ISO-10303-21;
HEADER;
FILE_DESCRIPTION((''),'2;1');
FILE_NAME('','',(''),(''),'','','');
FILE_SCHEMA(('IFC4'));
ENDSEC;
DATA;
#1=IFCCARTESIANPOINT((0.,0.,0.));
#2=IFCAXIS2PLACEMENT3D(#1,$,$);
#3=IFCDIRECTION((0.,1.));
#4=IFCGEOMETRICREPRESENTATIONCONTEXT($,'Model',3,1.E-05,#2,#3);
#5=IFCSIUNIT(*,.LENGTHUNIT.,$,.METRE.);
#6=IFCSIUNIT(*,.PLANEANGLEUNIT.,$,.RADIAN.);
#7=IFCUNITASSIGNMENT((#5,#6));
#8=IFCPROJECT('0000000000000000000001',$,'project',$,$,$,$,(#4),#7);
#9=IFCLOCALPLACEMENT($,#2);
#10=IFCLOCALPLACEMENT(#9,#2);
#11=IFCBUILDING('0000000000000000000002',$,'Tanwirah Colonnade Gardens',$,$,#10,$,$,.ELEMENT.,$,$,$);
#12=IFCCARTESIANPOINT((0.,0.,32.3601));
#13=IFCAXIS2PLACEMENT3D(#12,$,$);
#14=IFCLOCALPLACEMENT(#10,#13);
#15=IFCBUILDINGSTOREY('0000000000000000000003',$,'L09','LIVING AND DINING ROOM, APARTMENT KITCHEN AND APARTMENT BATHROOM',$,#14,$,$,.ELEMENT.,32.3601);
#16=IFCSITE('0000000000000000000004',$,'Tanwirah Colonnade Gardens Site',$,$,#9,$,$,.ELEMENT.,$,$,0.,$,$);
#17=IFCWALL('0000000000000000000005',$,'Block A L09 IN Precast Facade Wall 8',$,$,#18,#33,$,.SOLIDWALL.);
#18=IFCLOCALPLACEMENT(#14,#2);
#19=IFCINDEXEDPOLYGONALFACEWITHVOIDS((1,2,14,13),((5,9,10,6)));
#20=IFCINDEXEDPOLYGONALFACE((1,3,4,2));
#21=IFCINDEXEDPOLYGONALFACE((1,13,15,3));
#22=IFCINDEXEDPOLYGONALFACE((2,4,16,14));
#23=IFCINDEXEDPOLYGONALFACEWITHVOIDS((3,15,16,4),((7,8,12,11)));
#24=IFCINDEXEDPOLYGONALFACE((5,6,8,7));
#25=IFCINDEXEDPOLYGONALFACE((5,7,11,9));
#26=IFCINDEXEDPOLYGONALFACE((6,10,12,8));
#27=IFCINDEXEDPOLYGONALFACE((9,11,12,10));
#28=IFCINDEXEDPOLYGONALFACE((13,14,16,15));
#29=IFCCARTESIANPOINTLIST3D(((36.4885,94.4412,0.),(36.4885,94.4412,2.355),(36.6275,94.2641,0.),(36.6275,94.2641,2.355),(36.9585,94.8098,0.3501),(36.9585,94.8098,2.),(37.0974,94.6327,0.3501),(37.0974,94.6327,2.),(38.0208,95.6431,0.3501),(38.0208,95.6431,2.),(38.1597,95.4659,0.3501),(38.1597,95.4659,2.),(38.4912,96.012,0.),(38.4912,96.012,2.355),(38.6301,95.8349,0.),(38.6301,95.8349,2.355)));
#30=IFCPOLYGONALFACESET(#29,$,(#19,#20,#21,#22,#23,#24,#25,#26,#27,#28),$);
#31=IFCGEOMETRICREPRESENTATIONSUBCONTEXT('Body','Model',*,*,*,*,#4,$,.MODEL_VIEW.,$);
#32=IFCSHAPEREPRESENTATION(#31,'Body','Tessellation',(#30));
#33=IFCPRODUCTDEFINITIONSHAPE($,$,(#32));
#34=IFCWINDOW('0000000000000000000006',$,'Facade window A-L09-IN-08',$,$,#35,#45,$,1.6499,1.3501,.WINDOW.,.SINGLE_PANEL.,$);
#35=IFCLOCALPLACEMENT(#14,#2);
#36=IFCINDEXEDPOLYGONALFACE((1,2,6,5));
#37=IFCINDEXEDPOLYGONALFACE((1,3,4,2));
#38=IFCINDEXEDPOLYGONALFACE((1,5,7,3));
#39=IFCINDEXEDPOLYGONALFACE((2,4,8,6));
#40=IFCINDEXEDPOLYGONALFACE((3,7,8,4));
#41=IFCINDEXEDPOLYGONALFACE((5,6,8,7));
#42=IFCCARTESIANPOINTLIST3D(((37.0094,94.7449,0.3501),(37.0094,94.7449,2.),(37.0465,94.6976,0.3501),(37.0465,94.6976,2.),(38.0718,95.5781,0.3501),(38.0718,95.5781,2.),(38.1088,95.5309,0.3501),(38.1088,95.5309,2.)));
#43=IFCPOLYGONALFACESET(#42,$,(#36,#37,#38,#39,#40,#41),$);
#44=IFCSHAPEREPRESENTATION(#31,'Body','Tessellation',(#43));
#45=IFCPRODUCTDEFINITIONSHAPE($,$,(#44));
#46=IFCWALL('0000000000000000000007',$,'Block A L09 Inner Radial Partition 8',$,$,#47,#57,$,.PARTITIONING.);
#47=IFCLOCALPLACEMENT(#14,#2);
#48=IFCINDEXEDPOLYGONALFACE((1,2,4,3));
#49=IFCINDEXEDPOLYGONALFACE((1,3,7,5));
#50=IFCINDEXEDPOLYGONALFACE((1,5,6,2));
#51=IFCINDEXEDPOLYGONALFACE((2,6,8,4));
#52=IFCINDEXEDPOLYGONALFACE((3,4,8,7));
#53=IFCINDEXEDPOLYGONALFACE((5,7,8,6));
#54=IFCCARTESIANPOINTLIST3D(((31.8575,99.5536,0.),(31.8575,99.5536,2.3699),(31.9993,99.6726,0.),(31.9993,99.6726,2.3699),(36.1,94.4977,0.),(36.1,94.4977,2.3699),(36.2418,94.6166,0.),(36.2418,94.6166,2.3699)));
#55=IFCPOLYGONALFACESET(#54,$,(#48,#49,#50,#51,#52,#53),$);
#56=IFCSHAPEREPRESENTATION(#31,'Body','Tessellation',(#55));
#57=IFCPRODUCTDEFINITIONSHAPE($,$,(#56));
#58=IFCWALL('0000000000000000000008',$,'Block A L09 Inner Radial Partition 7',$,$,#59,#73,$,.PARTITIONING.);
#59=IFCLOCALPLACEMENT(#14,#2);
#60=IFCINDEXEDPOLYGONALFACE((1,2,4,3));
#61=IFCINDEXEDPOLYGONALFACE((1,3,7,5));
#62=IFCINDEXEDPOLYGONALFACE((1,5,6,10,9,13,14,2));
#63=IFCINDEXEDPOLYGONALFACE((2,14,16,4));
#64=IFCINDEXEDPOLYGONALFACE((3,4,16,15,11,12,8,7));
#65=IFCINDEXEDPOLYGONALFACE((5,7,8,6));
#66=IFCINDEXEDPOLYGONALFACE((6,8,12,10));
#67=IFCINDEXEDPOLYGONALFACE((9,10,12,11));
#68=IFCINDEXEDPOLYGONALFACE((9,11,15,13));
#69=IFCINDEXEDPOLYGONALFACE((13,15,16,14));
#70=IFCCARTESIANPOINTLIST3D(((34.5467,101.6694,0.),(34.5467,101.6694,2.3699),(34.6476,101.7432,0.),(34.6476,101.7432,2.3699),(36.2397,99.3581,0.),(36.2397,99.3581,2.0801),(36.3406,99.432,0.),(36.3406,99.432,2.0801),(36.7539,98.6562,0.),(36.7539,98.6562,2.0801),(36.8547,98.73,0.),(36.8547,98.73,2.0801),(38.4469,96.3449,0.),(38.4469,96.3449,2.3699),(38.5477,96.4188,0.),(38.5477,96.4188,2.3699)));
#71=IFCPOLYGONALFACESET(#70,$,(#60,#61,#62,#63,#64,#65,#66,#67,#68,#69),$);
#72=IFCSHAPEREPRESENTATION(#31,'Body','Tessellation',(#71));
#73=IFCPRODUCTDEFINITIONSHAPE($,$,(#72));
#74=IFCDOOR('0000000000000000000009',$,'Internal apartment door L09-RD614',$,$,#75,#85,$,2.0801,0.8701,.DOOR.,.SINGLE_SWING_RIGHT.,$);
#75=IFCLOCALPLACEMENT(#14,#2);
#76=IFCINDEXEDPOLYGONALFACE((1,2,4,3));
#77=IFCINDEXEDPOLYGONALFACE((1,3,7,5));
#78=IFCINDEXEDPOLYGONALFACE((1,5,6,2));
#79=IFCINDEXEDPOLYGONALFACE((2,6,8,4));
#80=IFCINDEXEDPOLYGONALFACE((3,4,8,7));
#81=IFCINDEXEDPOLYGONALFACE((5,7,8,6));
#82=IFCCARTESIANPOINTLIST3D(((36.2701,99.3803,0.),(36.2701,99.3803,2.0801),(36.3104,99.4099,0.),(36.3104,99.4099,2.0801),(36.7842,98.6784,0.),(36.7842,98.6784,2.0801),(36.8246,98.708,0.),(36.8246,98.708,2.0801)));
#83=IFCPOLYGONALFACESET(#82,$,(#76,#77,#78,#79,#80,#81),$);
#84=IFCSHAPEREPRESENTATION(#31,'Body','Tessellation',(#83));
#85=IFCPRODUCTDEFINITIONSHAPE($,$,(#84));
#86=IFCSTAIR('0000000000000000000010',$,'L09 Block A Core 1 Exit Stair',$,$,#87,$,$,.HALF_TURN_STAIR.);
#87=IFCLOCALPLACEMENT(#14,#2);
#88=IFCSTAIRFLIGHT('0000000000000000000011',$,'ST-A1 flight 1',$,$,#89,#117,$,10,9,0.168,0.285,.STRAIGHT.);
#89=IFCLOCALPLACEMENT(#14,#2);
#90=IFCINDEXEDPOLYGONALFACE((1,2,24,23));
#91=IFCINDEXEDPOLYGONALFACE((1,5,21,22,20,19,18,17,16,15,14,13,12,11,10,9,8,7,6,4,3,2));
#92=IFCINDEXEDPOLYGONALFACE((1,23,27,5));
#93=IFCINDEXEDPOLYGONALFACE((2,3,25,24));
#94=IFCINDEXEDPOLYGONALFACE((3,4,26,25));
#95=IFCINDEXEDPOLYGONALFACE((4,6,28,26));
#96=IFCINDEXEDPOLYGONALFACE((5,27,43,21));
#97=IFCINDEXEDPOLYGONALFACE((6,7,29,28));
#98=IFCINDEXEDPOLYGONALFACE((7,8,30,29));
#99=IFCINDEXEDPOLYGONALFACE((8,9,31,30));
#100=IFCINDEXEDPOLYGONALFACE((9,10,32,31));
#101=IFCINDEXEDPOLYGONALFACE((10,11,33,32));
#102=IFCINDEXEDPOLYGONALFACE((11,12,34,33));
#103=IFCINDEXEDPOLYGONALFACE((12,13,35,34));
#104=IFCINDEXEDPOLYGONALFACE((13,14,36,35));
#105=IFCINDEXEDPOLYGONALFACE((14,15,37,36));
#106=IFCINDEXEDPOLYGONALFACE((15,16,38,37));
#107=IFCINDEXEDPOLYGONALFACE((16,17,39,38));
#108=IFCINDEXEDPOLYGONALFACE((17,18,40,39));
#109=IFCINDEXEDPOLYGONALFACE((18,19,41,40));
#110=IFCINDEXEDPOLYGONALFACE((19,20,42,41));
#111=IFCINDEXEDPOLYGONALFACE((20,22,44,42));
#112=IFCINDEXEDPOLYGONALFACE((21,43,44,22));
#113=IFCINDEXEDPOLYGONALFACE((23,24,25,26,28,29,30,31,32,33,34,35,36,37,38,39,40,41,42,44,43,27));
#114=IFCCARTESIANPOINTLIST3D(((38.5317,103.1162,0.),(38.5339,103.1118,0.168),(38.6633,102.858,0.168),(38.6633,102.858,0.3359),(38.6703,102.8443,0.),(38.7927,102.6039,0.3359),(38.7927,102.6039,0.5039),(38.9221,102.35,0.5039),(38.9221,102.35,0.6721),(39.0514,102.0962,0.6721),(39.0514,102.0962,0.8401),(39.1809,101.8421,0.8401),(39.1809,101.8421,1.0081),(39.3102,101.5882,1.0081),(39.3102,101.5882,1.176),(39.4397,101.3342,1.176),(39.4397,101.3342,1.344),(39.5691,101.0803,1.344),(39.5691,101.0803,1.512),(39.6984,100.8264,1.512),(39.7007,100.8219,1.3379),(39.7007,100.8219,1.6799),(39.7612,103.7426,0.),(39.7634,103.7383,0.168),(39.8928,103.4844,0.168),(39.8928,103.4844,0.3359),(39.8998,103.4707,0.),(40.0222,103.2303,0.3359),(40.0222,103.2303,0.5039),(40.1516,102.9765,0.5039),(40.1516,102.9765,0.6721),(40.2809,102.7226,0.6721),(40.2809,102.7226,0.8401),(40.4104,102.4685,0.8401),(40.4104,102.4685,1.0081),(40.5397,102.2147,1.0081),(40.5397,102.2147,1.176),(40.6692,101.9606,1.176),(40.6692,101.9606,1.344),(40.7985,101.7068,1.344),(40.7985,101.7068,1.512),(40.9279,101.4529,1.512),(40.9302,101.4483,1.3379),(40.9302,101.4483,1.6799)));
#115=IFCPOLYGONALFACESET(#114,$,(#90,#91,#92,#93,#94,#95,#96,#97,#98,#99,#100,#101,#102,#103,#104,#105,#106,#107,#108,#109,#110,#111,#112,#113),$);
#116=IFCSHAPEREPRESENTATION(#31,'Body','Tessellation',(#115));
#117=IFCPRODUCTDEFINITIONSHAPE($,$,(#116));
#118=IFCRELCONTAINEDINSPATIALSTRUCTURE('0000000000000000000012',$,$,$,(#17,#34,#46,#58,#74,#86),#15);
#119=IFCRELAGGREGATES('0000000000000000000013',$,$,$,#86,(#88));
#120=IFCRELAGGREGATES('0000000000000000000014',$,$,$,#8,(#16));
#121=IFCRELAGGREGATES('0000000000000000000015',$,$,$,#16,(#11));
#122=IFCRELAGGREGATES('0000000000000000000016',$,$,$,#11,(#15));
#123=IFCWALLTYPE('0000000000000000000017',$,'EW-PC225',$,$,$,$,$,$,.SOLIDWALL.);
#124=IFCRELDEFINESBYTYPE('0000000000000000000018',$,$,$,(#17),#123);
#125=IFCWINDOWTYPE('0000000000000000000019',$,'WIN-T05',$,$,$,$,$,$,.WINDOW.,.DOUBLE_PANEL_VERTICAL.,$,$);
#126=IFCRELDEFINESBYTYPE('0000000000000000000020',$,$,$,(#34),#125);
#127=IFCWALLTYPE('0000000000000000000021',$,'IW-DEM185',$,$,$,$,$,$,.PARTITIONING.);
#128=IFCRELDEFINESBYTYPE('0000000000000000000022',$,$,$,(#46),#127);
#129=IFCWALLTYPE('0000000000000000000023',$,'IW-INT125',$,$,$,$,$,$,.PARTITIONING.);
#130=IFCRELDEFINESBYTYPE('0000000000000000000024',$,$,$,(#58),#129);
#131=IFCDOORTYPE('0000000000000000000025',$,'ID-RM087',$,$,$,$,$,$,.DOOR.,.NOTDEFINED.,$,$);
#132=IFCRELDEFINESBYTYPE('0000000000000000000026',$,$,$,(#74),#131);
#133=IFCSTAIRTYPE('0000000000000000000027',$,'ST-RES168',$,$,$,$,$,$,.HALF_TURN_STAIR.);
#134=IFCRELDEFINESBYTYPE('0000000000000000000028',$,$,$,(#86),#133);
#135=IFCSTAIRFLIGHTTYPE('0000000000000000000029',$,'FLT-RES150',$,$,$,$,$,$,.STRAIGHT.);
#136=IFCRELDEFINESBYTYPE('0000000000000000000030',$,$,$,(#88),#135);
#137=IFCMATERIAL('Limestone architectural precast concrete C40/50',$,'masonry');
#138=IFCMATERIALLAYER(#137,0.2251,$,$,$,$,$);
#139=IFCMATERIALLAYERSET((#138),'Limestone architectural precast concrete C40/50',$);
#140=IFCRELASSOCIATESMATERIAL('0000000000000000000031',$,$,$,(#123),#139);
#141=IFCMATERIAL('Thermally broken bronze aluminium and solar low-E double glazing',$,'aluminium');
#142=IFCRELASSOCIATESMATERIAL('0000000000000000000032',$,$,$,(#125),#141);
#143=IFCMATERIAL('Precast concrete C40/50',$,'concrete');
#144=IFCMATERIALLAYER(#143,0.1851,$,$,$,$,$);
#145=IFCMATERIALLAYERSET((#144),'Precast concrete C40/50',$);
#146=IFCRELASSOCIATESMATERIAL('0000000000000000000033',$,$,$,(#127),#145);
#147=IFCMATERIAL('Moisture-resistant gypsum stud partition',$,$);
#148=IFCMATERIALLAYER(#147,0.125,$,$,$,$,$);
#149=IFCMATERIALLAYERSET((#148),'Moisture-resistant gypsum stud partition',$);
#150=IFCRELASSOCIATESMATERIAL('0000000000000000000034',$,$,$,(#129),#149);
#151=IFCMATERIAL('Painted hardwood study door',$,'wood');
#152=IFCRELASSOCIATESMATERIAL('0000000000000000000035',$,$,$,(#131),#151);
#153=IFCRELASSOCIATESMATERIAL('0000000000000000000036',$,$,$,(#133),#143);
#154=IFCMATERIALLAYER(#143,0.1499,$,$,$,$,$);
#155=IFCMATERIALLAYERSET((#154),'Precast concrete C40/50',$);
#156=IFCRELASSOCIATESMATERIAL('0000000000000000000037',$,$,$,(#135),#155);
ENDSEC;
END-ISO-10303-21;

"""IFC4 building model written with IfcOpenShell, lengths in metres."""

from ifc_helpers import new_model, si_unit, direction, frame, frame_2d, origin, place, context, subcontext, project, spatial, polyline, rectangle, outline, extrude, material, layer, layer_set, type_object, element, fill, aggregate, save


model = new_model("IFC4")

# Units and contexts
model_context = context("Model", 3, precision=1e-05, world=origin(), true_north=direction((0.0, 1.0)))
body_context = subcontext(model_context, "Body", "Model", "MODEL_VIEW")
ifc_project = project(units=[si_unit("LENGTHUNIT", "METRE"), si_unit("PLANEANGLEUNIT", "RADIAN")], contexts=[model_context])

# Site, building, storey
site_placement = place(None, origin())
site = spatial("IfcSite", under=ifc_project, at=site_placement, Name="Tanwirah Colonnade Gardens Site", CompositionType="ELEMENT", RefElevation=0.0)
building_placement = place(site_placement, origin())
building = spatial("IfcBuilding", under=site, at=building_placement, Name="Tanwirah Colonnade Gardens", CompositionType="ELEMENT")
storey_placement = place(building_placement, frame((0.0, 0.0, 32.3601)))
storey = spatial("IfcBuildingStorey", under=building, at=storey_placement, Name="L09", Description="LIVING AND DINING ROOM, APARTMENT KITCHEN AND APARTMENT BATHROOM", CompositionType="ELEMENT", Elevation=32.3601)

# Shared definitions
ifc_material_1 = material(Name="Precast concrete C40/50", Category="concrete")

# Wall, opening, window
ifc_material_2 = material(Name="Limestone architectural precast concrete C40/50", Category="masonry")
ifc_layer_1 = layer(ifc_material_2, 0.2251)
ifc_layer_set_1 = layer_set([ifc_layer_1], Name="Limestone architectural precast concrete C40/50")
wall_type_1 = type_object("IfcWallType", Name="EW-PC225", PredefinedType="SOLIDWALL", material=ifc_layer_set_1)
wall_1_placement = place(storey_placement, frame((38.5605, 95.9233, 0.0), z_axis=(0.0, 0.0, 1.0), x_axis=(-0.786841, -0.617156, 0.0)))
wall_1 = element("IfcWall", 1, at=wall_1_placement, inside=storey, type_object=wall_type_1, Name="Block A L09 IN Precast Facade Wall 8", PredefinedType="SOLIDWALL", context=body_context, shape_type="SweptSolid", body=[
    extrude(rectangle(XDim=2.5452, YDim=0.2251, at=frame_2d((1.2725, 0.0))), origin(), (0.0, 0.0, 1.0), 2.355),
])
opening_1_placement = place(wall_1_placement, frame((0.5977, 0.0, 0.3501)))
opening_1 = element("IfcOpeningElement", 2, at=opening_1_placement, cuts=wall_1, PredefinedType="OPENING", context=body_context, shape_type="SweptSolid", body=[
    extrude(rectangle(XDim=1.3501, YDim=1.6499, at=frame_2d((0.675, 0.825))), frame((0.0, 0.1226, 0.0), z_axis=(0.0, -1.0, 0.0), x_axis=(1.0, 0.0, 0.0)), (0.0, 0.0, 1.0), 0.2451),
])
ifc_material_3 = material(Name="Thermally broken bronze aluminium and solar low-E double glazing", Category="aluminium")
window_type = type_object("IfcWindowType", Name="WIN-T05", PartitioningType="DOUBLE_PANEL_VERTICAL", PredefinedType="WINDOW", material=ifc_material_3)
window_placement = place(opening_1_placement, origin())
window = element("IfcWindow", 3, at=window_placement, inside=storey, type_object=window_type, Name="Facade window A-L09-IN-08", OverallHeight=1.6499, OverallWidth=1.3501, PartitioningType="SINGLE_PANEL", PredefinedType="WINDOW", context=body_context, shape_type="SweptSolid", body=[
    extrude(rectangle(XDim=1.3501, YDim=1.6499, at=frame_2d((0.675, 0.825))), frame((0.0, 0.03, 0.0), z_axis=(0.0, -1.0, 0.0), x_axis=(1.0, 0.0, 0.0)), (0.0, 0.0, 1.0), 0.0601),
])
fill(opening_1, window)

# Wall
ifc_layer_2 = layer(ifc_material_1, 0.1851)
ifc_layer_set_2 = layer_set([ifc_layer_2], Name="Precast concrete C40/50")
wall_type_2 = type_object("IfcWallType", Name="IW-DEM185", PredefinedType="PARTITIONING", material=ifc_layer_set_2)
wall_2_placement = place(storey_placement, frame((36.1709, 94.5571, 0.0), z_axis=(0.0, 0.0, 1.0), x_axis=(-0.642789, 0.766043, 0.0)))
element("IfcWall", 4, at=wall_2_placement, inside=storey, type_object=wall_type_2, Name="Block A L09 Inner Radial Partition 8", PredefinedType="PARTITIONING", context=body_context, shape_type="SweptSolid", body=[
    extrude(rectangle(XDim=6.6001, YDim=0.1851, at=frame_2d((3.3, 0.0))), origin(), (0.0, 0.0, 1.0), 2.3699),
])

# Wall, opening, door
ifc_material_4 = material(Name="Moisture-resistant gypsum stud partition")
ifc_layer_3 = layer(ifc_material_4, 0.125)
ifc_layer_set_3 = layer_set([ifc_layer_3], Name="Moisture-resistant gypsum stud partition")
wall_type_3 = type_object("IfcWallType", Name="IW-INT125", PredefinedType="PARTITIONING", material=ifc_layer_set_3)
wall_3_placement = place(storey_placement, frame((38.4973, 96.3818, 0.0), z_axis=(0.0, 0.0, 1.0), x_axis=(-0.590924, 0.806727, 0.0)))
wall_3 = element("IfcWall", 5, at=wall_3_placement, inside=storey, type_object=wall_type_3, Name="Block A L09 Inner Radial Partition 7", PredefinedType="PARTITIONING", context=body_context, shape_type="SweptSolid", body=[
    extrude(rectangle(XDim=6.6001, YDim=0.125, at=frame_2d((3.3, 0.0))), origin(), (0.0, 0.0, 1.0), 2.3699),
])
opening_2_placement = place(wall_3_placement, frame((2.865, 0.0, 0.0)))
opening_2 = element("IfcOpeningElement", 6, at=opening_2_placement, cuts=wall_3, PredefinedType="OPENING", context=body_context, shape_type="SweptSolid", body=[
    extrude(rectangle(XDim=0.8701, YDim=2.0801, at=frame_2d((0.4351, 1.04))), frame((0.0, 0.0725, 0.0), z_axis=(0.0, -1.0, 0.0), x_axis=(1.0, 0.0, 0.0)), (0.0, 0.0, 1.0), 0.145),
])
ifc_material_5 = material(Name="Painted hardwood study door", Category="wood")
door_type_1 = type_object("IfcDoorType", Name="ID-RM087", OperationType="NOTDEFINED", PredefinedType="DOOR", material=ifc_material_5)
door_1_placement = place(opening_2_placement, origin())
door_1 = element("IfcDoor", 7, at=door_1_placement, inside=storey, type_object=door_type_1, Name="Internal apartment door L09-RD614", OperationType="SINGLE_SWING_RIGHT", OverallHeight=2.0801, OverallWidth=0.8701, PredefinedType="DOOR", context=body_context, shape_type="SweptSolid", body=[
    extrude(rectangle(XDim=0.8701, YDim=2.0801, at=frame_2d((0.4351, 1.04))), frame((0.0, 0.0249, 0.0), z_axis=(0.0, -1.0, 0.0), x_axis=(1.0, 0.0, 0.0)), (0.0, 0.0, 1.0), 0.05),
])
fill(opening_2, door_1)

# Stair, stair flight
stair_type = type_object("IfcStairType", Name="ST-RES168", PredefinedType="HALF_TURN_STAIR", material=ifc_material_1)
stair_placement = place(storey_placement, origin())
stair = element("IfcStair", 8, at=stair_placement, inside=storey, type_object=stair_type, Name="L09 Block A Core 1 Exit Stair", PredefinedType="HALF_TURN_STAIR")
ifc_layer_4 = layer(ifc_material_1, 0.1499)
ifc_layer_set_4 = layer_set([ifc_layer_4], Name="Precast concrete C40/50")
stair_flight_type = type_object("IfcStairFlightType", Name="FLT-RES150", PredefinedType="STRAIGHT", material=ifc_layer_set_4)
stair_flight_placement = place(storey_placement, frame((39.1487, 103.425, 0.0), z_axis=(0.0, 0.0, 1.0), x_axis=(0.45399, -0.891007, 0.0)))
stair_flight = element("IfcStairFlight", 9, at=stair_flight_placement, type_object=stair_flight_type, Name="ST-A1 flight 1", NumberOfRisers=10, NumberOfTreads=9, PredefinedType="STRAIGHT", RiserHeight=0.168, TreadLength=0.285, context=body_context, shape_type="SweptSolid", body=[
    extrude(outline(polyline([(-0.0049, 0.0), (0.0, 0.168), (0.2849, 0.168), (0.2849, 0.3359), (0.5701, 0.3359), (0.5701, 0.5039), (0.855, 0.5039), (0.855, 0.6721), (1.1399, 0.6721), (1.1399, 0.8401), (1.425, 0.8401), (1.425, 1.0081), (1.71, 1.0081), (1.71, 1.176), (1.9951, 1.176), (1.9951, 1.344), (2.28, 1.344), (2.28, 1.512), (2.5649, 1.512), (2.5701, 1.6799), (2.5701, 1.3379), (0.3003, 0.0), (-0.0049, 0.0)])), frame((0.0, 0.6899, 0.0), z_axis=(0.0, -1.0, 0.0), x_axis=(1.0, 0.0, 0.0)), (0.0, 0.0, 1.0), 1.3799),
])
aggregate(stair, [stair_flight])

save(model, "model.ifc")
